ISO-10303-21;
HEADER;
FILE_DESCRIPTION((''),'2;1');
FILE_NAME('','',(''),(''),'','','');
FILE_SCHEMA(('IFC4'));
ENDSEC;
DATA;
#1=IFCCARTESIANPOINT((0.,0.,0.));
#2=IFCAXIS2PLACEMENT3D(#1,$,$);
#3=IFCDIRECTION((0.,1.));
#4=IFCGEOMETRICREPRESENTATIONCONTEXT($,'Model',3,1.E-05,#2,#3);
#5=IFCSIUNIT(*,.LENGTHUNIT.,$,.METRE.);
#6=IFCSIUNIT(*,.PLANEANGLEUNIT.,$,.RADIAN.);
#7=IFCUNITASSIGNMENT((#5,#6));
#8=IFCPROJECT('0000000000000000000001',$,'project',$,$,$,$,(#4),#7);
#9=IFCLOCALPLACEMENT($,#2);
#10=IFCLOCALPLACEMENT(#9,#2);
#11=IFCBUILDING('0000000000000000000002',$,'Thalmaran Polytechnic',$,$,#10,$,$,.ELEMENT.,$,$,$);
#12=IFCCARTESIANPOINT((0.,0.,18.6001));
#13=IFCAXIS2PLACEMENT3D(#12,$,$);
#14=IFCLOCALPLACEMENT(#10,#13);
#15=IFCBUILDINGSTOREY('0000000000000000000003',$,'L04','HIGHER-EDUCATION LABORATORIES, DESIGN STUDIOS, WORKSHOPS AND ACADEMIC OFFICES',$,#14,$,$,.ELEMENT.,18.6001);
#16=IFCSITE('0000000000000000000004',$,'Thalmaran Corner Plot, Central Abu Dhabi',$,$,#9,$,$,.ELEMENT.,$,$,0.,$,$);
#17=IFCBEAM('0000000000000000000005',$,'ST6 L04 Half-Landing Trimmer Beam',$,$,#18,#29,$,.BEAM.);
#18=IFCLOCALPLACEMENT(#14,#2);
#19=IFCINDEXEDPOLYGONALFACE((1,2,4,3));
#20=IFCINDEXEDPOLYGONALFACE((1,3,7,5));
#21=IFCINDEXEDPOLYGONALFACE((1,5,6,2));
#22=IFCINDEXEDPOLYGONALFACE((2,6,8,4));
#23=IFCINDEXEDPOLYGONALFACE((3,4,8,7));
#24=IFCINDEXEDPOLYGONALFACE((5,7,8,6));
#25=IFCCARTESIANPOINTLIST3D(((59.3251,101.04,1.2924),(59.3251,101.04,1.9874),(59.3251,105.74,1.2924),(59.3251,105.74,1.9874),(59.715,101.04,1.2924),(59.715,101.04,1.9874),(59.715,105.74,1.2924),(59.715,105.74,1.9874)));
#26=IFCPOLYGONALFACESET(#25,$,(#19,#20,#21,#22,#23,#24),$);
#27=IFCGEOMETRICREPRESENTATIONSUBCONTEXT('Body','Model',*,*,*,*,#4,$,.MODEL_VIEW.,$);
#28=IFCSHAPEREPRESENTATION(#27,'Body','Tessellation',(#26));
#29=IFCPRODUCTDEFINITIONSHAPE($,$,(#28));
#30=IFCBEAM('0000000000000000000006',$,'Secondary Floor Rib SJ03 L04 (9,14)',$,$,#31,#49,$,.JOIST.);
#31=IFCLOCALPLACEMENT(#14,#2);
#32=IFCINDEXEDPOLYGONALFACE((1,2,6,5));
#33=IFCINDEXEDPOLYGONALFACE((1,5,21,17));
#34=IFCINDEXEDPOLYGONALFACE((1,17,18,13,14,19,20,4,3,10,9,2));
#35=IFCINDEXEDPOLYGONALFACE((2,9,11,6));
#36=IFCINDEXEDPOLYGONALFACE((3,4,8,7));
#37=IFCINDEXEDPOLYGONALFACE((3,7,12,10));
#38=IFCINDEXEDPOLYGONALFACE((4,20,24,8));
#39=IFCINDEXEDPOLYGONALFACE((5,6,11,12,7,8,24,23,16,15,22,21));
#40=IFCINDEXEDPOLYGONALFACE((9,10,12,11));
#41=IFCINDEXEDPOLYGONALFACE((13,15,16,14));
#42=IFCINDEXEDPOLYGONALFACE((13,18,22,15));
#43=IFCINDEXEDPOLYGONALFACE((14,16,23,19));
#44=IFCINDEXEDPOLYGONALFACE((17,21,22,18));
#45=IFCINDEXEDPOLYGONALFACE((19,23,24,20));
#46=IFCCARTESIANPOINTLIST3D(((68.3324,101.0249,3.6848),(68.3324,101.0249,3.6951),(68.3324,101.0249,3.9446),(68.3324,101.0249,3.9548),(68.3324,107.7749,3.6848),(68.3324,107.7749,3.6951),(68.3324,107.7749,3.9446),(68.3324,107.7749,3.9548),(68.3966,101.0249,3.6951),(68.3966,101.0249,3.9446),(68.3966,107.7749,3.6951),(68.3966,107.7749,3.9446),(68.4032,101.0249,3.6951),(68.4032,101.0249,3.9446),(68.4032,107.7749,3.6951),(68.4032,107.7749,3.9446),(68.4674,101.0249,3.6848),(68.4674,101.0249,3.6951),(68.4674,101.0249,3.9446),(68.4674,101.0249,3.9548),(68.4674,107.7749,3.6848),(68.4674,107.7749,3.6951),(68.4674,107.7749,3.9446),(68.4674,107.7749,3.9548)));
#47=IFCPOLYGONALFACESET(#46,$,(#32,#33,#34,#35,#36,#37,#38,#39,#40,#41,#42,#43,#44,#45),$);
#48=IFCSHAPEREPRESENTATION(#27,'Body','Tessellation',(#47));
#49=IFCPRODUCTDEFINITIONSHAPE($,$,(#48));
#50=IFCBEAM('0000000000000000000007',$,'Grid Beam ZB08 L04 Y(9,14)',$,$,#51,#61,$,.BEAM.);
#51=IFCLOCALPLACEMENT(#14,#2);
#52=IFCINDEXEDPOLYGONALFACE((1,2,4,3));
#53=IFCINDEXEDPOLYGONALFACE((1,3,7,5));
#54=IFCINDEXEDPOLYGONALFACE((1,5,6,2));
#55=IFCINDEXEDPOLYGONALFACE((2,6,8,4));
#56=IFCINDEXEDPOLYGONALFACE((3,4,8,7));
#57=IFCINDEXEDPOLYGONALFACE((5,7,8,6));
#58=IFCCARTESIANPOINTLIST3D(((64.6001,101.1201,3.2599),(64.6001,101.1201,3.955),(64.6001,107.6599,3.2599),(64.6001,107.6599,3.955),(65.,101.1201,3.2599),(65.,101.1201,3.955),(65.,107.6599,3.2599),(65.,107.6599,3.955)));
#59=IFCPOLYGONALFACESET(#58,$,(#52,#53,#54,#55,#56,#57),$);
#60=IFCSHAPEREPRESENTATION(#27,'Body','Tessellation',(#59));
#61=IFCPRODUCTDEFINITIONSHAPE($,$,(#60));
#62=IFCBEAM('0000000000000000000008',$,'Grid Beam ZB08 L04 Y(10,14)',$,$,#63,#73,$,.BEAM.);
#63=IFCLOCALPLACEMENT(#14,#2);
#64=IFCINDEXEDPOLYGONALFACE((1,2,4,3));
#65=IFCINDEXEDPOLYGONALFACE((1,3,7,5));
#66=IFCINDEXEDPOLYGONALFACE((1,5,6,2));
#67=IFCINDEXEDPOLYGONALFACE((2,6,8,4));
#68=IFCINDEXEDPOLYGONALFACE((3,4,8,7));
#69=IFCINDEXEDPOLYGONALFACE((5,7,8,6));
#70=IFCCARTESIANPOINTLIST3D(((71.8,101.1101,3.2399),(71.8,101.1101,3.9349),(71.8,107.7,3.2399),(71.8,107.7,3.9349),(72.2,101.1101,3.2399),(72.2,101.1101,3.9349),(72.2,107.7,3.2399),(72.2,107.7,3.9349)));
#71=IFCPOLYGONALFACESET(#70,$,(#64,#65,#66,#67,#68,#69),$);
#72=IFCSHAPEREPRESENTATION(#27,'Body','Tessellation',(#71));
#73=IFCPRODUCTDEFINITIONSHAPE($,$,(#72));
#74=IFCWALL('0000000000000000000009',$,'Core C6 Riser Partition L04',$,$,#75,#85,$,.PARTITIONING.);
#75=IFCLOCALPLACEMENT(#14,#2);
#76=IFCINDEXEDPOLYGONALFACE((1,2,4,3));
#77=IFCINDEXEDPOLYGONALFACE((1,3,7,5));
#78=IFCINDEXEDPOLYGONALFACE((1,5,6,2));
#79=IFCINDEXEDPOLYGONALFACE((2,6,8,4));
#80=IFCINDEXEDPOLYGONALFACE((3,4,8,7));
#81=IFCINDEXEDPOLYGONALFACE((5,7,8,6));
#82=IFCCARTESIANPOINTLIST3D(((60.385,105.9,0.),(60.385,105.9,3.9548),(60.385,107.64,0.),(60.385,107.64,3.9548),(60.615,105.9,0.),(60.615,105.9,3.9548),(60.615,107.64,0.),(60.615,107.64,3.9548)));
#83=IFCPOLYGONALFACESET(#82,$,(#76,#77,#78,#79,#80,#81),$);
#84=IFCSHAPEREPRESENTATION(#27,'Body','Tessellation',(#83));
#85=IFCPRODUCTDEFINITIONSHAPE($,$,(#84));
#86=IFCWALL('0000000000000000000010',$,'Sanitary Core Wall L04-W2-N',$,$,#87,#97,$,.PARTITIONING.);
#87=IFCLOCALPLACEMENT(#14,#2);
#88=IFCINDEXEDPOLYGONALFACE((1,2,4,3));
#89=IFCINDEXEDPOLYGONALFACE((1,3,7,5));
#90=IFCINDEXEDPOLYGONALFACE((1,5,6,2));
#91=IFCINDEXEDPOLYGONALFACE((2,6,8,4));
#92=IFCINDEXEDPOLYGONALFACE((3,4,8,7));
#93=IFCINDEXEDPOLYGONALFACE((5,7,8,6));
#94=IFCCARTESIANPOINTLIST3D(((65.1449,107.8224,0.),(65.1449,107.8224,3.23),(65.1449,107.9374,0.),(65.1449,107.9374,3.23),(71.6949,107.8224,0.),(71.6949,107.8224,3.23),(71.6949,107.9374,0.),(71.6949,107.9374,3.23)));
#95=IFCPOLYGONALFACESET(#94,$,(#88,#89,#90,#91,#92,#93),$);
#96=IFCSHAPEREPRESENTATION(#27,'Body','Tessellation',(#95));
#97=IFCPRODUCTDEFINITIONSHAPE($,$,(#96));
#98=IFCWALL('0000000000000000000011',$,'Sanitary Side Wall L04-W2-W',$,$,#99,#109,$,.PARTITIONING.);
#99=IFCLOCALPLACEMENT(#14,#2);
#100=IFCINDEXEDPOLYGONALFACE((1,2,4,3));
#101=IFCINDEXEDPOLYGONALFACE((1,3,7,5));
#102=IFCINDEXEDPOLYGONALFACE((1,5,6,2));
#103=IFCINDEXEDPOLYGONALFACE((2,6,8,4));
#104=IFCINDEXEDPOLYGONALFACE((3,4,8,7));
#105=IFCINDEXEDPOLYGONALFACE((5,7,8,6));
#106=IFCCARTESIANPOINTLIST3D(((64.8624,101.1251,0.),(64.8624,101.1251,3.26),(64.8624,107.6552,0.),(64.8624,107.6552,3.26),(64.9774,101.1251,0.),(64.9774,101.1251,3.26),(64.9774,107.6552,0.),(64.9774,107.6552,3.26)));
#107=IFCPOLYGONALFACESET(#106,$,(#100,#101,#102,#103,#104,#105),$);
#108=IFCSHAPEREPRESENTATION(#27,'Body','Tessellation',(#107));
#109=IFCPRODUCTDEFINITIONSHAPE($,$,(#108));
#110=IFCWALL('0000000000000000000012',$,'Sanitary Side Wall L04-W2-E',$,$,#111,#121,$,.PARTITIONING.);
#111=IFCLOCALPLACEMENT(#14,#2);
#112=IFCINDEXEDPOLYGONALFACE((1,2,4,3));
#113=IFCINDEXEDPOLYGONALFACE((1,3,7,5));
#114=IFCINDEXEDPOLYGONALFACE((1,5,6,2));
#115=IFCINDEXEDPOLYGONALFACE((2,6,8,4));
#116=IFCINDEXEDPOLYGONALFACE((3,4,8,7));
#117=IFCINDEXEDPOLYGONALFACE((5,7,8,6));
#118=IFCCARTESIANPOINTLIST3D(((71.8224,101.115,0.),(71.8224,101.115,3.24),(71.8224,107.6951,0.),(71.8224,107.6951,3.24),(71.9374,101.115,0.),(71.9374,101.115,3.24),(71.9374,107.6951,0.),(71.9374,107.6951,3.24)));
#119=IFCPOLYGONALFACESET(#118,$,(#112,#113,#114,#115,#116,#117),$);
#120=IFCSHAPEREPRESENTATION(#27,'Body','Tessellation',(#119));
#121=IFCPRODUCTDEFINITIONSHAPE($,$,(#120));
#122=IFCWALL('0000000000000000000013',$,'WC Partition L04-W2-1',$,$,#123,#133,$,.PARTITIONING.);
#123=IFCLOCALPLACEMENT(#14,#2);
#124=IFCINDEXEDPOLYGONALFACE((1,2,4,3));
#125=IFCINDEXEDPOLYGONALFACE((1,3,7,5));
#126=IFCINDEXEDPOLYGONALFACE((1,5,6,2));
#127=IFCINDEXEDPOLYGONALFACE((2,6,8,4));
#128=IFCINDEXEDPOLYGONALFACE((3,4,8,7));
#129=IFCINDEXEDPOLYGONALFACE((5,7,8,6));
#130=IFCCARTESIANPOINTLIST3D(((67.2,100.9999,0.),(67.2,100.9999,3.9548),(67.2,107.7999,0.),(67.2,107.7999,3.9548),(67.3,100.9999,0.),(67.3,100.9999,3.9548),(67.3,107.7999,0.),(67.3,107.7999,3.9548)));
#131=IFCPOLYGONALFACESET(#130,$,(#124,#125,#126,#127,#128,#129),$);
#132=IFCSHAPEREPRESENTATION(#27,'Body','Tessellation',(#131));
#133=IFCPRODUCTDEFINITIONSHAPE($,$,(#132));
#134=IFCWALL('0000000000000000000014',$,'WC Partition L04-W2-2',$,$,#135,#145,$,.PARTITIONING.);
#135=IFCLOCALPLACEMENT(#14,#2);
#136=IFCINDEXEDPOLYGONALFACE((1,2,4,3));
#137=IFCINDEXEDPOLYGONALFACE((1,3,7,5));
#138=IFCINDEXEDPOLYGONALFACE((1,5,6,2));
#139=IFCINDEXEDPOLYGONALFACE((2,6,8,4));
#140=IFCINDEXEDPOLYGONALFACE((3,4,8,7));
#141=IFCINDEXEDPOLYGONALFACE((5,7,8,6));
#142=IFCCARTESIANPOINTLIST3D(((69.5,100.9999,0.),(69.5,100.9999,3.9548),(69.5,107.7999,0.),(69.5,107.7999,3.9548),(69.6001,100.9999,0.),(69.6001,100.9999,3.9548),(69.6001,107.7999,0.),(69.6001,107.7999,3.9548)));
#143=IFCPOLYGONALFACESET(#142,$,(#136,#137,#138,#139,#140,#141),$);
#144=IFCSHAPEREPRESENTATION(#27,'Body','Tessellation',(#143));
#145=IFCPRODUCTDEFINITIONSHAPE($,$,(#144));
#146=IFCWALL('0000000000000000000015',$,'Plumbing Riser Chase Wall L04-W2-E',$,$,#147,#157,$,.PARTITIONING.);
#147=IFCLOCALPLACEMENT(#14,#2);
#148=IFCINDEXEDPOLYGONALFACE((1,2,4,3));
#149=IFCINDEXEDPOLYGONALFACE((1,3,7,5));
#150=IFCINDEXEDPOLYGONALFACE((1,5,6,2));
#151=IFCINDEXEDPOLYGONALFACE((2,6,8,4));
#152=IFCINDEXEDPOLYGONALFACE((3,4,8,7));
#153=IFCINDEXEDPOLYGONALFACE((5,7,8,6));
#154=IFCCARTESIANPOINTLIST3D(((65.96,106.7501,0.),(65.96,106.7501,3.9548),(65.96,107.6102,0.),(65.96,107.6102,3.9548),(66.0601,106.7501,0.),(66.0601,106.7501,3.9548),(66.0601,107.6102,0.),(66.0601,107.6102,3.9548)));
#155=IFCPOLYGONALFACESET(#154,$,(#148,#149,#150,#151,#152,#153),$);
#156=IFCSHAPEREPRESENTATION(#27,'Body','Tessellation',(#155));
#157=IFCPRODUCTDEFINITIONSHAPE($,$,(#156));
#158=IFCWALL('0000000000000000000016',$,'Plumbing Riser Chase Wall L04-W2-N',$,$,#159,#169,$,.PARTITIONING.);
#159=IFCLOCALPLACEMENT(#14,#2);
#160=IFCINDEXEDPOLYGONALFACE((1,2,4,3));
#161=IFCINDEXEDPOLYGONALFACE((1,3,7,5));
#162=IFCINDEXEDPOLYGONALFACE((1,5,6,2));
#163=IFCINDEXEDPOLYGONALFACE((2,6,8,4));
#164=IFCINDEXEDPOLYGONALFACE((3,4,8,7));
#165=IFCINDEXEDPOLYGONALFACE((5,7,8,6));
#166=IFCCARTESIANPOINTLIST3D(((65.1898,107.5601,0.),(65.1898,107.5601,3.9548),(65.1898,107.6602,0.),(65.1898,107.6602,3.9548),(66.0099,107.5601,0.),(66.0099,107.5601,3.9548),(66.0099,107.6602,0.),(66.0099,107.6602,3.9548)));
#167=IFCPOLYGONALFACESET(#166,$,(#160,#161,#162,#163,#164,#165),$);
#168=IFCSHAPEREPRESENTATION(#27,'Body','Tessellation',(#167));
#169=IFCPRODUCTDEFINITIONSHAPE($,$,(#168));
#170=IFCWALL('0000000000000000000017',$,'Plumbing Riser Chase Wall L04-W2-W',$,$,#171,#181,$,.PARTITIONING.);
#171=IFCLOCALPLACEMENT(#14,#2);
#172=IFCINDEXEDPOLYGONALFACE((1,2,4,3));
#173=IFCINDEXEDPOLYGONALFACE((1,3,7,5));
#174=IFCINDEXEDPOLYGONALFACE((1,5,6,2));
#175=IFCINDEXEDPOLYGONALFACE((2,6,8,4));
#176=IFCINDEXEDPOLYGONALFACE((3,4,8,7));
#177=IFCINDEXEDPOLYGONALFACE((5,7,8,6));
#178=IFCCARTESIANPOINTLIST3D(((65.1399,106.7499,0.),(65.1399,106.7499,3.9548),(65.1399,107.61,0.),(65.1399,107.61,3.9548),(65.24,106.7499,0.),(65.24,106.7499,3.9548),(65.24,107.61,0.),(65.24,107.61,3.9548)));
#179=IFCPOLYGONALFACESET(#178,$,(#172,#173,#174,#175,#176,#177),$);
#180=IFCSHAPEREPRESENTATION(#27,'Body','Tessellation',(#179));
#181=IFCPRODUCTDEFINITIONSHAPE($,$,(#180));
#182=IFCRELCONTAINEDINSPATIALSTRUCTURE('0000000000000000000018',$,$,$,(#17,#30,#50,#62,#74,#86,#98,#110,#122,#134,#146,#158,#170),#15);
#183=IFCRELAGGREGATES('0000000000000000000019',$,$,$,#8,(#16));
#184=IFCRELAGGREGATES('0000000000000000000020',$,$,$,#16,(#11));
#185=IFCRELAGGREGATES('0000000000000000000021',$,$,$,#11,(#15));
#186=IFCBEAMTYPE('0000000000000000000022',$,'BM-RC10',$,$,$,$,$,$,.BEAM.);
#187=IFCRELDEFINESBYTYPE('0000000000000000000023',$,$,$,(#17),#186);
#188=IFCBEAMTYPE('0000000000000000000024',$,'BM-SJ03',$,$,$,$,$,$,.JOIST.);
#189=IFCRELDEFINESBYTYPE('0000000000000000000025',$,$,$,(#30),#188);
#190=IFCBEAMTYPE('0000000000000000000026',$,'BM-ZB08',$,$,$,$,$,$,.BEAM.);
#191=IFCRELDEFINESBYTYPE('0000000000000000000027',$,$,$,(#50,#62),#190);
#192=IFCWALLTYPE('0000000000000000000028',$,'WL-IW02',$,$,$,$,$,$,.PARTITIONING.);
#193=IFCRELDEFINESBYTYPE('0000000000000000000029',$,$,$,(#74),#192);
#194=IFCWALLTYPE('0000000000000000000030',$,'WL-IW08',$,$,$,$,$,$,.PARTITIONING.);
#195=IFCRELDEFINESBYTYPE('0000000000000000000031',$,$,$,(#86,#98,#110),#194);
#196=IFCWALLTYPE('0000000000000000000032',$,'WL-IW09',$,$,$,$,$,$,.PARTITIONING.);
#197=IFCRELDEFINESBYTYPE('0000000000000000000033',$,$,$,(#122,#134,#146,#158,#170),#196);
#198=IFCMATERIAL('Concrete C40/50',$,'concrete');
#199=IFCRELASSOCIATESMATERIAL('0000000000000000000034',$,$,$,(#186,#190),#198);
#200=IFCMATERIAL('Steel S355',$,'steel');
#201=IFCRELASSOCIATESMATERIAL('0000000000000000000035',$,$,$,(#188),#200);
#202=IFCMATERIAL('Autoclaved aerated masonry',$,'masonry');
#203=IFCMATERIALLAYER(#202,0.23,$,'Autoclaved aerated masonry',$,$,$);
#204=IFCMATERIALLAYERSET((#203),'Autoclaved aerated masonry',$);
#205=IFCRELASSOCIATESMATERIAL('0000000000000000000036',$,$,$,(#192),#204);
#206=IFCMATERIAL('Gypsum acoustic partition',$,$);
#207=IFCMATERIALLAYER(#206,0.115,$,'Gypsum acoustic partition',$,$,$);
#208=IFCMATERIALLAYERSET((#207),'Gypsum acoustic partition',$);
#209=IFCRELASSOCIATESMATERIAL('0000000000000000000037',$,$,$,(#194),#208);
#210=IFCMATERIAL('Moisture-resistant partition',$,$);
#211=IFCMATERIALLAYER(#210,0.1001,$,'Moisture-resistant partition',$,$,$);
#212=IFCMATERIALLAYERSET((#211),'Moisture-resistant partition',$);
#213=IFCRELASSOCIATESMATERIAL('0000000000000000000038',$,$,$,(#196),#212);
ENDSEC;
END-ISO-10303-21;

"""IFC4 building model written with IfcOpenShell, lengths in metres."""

from ifc_helpers import new_model, si_unit, direction, frame, frame_2d, origin, origin_2d, place, context, subcontext, project, spatial, rectangle, i_section, extrude, material, layer, layer_set, material_profile, profile_set, type_object, element, save


model = new_model("IFC4")

# Units and contexts
model_context = context("Model", 3, precision=1e-05, world=origin(), true_north=direction((0.0, 1.0)))
body_context = subcontext(model_context, "Body", "Model", "MODEL_VIEW")
ifc_project = project(units=[si_unit("LENGTHUNIT", "METRE"), si_unit("PLANEANGLEUNIT", "RADIAN")], contexts=[model_context])

# Site, building, storey
site_placement = place(None, origin())
site = spatial("IfcSite", under=ifc_project, at=site_placement, Name="Thalmaran Corner Plot, Central Abu Dhabi", CompositionType="ELEMENT", RefElevation=0.0)
building_placement = place(site_placement, origin())
building = spatial("IfcBuilding", under=site, at=building_placement, Name="Thalmaran Polytechnic", CompositionType="ELEMENT")
storey_placement = place(building_placement, frame((0.0, 0.0, 18.6001)))
storey = spatial("IfcBuildingStorey", under=building, at=storey_placement, Name="L04", Description="HIGHER-EDUCATION LABORATORIES, DESIGN STUDIOS, WORKSHOPS AND ACADEMIC OFFICES", CompositionType="ELEMENT", Elevation=18.6001)

# Beams
ifc_material_1 = material(Name="Concrete C40/50", Category="concrete")
ifc_material_profile_1 = material_profile(ifc_material_1, rectangle(XDim=0.3899, YDim=0.6951, at=origin_2d()), Name="RC 390x695")
ifc_profile_set_1 = profile_set([ifc_material_profile_1], Name="Concrete C40/50")
beam_type_1 = type_object("IfcBeamType", Name="BM-RC10", PredefinedType="BEAM", material=ifc_profile_set_1)
beam_1_placement = place(storey_placement, frame((59.52, 101.04, 1.6399), z_axis=(0.0, 1.0, 0.0), x_axis=(-1.0, 0.0, 0.0)))
element("IfcBeam", 1, at=beam_1_placement, inside=storey, type_object=beam_type_1, Name="ST6 L04 Half-Landing Trimmer Beam", PredefinedType="BEAM", context=body_context, shape_type="SweptSolid", body=[
    extrude(rectangle(XDim=0.3899, YDim=0.6951, at=origin_2d()), origin(), (0.0, 0.0, 1.0), 4.7),
])
ifc_material_2 = material(Name="Steel S355", Category="steel")
ifc_material_profile_2 = material_profile(ifc_material_2, i_section(OverallWidth=0.135, OverallDepth=0.27, WebThickness=0.0066, FlangeThickness=0.0103, at=origin_2d()), Name="IPE 270")
ifc_profile_set_2 = profile_set([ifc_material_profile_2], Name="Steel S355")
beam_type_2 = type_object("IfcBeamType", Name="BM-SJ03", PredefinedType="JOIST", material=ifc_profile_set_2)
beam_2_placement = place(storey_placement, frame((68.3999, 101.0249, 3.8198), z_axis=(0.0, 1.0, 0.0), x_axis=(-1.0, 0.0, 0.0)))
element("IfcBeam", 2, at=beam_2_placement, inside=storey, type_object=beam_type_2, Name="Secondary Floor Rib SJ03 L04 (9,14)", PredefinedType="JOIST", context=body_context, shape_type="SweptSolid", body=[
    extrude(i_section(OverallWidth=0.135, OverallDepth=0.27, WebThickness=0.0066, FlangeThickness=0.0103, at=origin_2d()), origin(), (0.0, 0.0, 1.0), 6.75),
])
ifc_material_profile_3 = material_profile(ifc_material_1, rectangle(XDim=0.3999, YDim=0.6951, at=origin_2d()), Name="RC 400x695")
ifc_profile_set_3 = profile_set([ifc_material_profile_3], Name="Concrete C40/50")
beam_type_3 = type_object("IfcBeamType", Name="BM-ZB08", PredefinedType="BEAM", material=ifc_profile_set_3)
beam_3_placement = place(storey_placement, frame((64.8, 101.1201, 3.6074), z_axis=(0.0, 1.0, 0.0), x_axis=(-1.0, 0.0, 0.0)))
element("IfcBeam", 3, at=beam_3_placement, inside=storey, type_object=beam_type_3, Name="Grid Beam ZB08 L04 Y(9,14)", PredefinedType="BEAM", context=body_context, shape_type="SweptSolid", body=[
    extrude(rectangle(XDim=0.3999, YDim=0.6951, at=origin_2d()), origin(), (0.0, 0.0, 1.0), 6.5398),
])
beam_4_placement = place(storey_placement, frame((72.0, 101.1101, 3.5874), z_axis=(0.0, 1.0, 0.0), x_axis=(-1.0, 0.0, 0.0)))
element("IfcBeam", 4, at=beam_4_placement, inside=storey, type_object=beam_type_3, Name="Grid Beam ZB08 L04 Y(10,14)", PredefinedType="BEAM", context=body_context, shape_type="SweptSolid", body=[
    extrude(rectangle(XDim=0.3999, YDim=0.6951, at=origin_2d()), origin(), (0.0, 0.0, 1.0), 6.5898),
])

# Walls
ifc_material_3 = material(Name="Autoclaved aerated masonry", Category="masonry")
ifc_layer_1 = layer(ifc_material_3, 0.23, Name="Autoclaved aerated masonry")
ifc_layer_set_1 = layer_set([ifc_layer_1], Name="Autoclaved aerated masonry")
wall_type_1 = type_object("IfcWallType", Name="WL-IW02", PredefinedType="PARTITIONING", material=ifc_layer_set_1)
wall_1_placement = place(storey_placement, frame((60.5, 105.8999, 0.0), z_axis=(0.0, 0.0, 1.0), x_axis=(0.0, 1.0, 0.0)))
element("IfcWall", 5, at=wall_1_placement, inside=storey, type_object=wall_type_1, Name="Core C6 Riser Partition L04", PredefinedType="PARTITIONING", context=body_context, shape_type="SweptSolid", body=[
    extrude(rectangle(XDim=1.74, YDim=0.23, at=frame_2d((0.8701, 0.0))), origin(), (0.0, 0.0, 1.0), 3.9548),
])
ifc_material_4 = material(Name="Gypsum acoustic partition")
ifc_layer_2 = layer(ifc_material_4, 0.115, Name="Gypsum acoustic partition")
ifc_layer_set_2 = layer_set([ifc_layer_2], Name="Gypsum acoustic partition")
wall_type_2 = type_object("IfcWallType", Name="WL-IW08", PredefinedType="PARTITIONING", material=ifc_layer_set_2)
wall_2_placement = place(storey_placement, frame((65.145, 107.8799, 0.0), z_axis=(0.0, 0.0, 1.0), x_axis=(1.0, 0.0, 0.0)))
element("IfcWall", 6, at=wall_2_placement, inside=storey, type_object=wall_type_2, Name="Sanitary Core Wall L04-W2-N", PredefinedType="PARTITIONING", context=body_context, shape_type="SweptSolid", body=[
    extrude(rectangle(XDim=6.55, YDim=0.115, at=frame_2d((3.2749, 0.0))), origin(), (0.0, 0.0, 1.0), 3.23),
])
wall_3_placement = place(storey_placement, frame((64.9199, 101.125, 0.0), z_axis=(0.0, 0.0, 1.0), x_axis=(0.0, 1.0, 0.0)))
element("IfcWall", 7, at=wall_3_placement, inside=storey, type_object=wall_type_2, Name="Sanitary Side Wall L04-W2-W", PredefinedType="PARTITIONING", context=body_context, shape_type="SweptSolid", body=[
    extrude(rectangle(XDim=6.53, YDim=0.115, at=frame_2d((3.2651, 0.0))), origin(), (0.0, 0.0, 1.0), 3.26),
])
wall_4_placement = place(storey_placement, frame((71.8799, 101.115, 0.0), z_axis=(0.0, 0.0, 1.0), x_axis=(0.0, 1.0, 0.0)))
element("IfcWall", 8, at=wall_4_placement, inside=storey, type_object=wall_type_2, Name="Sanitary Side Wall L04-W2-E", PredefinedType="PARTITIONING", context=body_context, shape_type="SweptSolid", body=[
    extrude(rectangle(XDim=6.5801, YDim=0.115, at=frame_2d((3.29, 0.0))), origin(), (0.0, 0.0, 1.0), 3.24),
])
ifc_material_5 = material(Name="Moisture-resistant partition")
ifc_layer_3 = layer(ifc_material_5, 0.1001, Name="Moisture-resistant partition")
ifc_layer_set_3 = layer_set([ifc_layer_3], Name="Moisture-resistant partition")
wall_type_3 = type_object("IfcWallType", Name="WL-IW09", PredefinedType="PARTITIONING", material=ifc_layer_set_3)
for number, where, z_axis, x_axis, name in (
    (9, (67.25, 101.0, 0.0), (0.0, 0.0, 1.0), (0.0, 1.0, 0.0), "WC Partition L04-W2-1"),
    (10, (69.55, 101.0, 0.0), (0.0, 0.0, 1.0), (0.0, 1.0, 0.0), "WC Partition L04-W2-2"),
):
    element("IfcWall", number, at=place(storey_placement, frame(where, z_axis=z_axis, x_axis=x_axis)), inside=storey, type_object=wall_type_3, Name=name, PredefinedType="PARTITIONING", context=body_context, shape_type="SweptSolid", body=[
        extrude(rectangle(XDim=6.8, YDim=0.1001, at=frame_2d((3.3999, 0.0))), origin(), (0.0, 0.0, 1.0), 3.9548),
    ])
wall_5_placement = place(storey_placement, frame((66.01, 106.75, 0.0), z_axis=(0.0, 0.0, 1.0), x_axis=(0.0, 1.0, 0.0)))
element("IfcWall", 11, at=wall_5_placement, inside=storey, type_object=wall_type_3, Name="Plumbing Riser Chase Wall L04-W2-E", PredefinedType="PARTITIONING", context=body_context, shape_type="SweptSolid", body=[
    extrude(rectangle(XDim=0.8601, YDim=0.1001, at=frame_2d((0.4302, 0.0))), origin(), (0.0, 0.0, 1.0), 3.9548),
])
wall_6_placement = place(storey_placement, frame((66.01, 107.6101, 0.0), z_axis=(0.0, 0.0, 1.0), x_axis=(-1.0, 0.0, 0.0)))
element("IfcWall", 12, at=wall_6_placement, inside=storey, type_object=wall_type_3, Name="Plumbing Riser Chase Wall L04-W2-N", PredefinedType="PARTITIONING", context=body_context, shape_type="SweptSolid", body=[
    extrude(rectangle(XDim=0.8201, YDim=0.1001, at=frame_2d((0.4102, 0.0))), origin(), (0.0, 0.0, 1.0), 3.9548),
])
wall_7_placement = place(storey_placement, frame((65.1899, 107.6101, 0.0), z_axis=(0.0, 0.0, 1.0), x_axis=(0.0, -1.0, 0.0)))
element("IfcWall", 13, at=wall_7_placement, inside=storey, type_object=wall_type_3, Name="Plumbing Riser Chase Wall L04-W2-W", PredefinedType="PARTITIONING", context=body_context, shape_type="SweptSolid", body=[
    extrude(rectangle(XDim=0.8601, YDim=0.1001, at=frame_2d((0.4302, 0.0))), origin(), (0.0, 0.0, 1.0), 3.9548),
])

save(model, "model.ifc")
